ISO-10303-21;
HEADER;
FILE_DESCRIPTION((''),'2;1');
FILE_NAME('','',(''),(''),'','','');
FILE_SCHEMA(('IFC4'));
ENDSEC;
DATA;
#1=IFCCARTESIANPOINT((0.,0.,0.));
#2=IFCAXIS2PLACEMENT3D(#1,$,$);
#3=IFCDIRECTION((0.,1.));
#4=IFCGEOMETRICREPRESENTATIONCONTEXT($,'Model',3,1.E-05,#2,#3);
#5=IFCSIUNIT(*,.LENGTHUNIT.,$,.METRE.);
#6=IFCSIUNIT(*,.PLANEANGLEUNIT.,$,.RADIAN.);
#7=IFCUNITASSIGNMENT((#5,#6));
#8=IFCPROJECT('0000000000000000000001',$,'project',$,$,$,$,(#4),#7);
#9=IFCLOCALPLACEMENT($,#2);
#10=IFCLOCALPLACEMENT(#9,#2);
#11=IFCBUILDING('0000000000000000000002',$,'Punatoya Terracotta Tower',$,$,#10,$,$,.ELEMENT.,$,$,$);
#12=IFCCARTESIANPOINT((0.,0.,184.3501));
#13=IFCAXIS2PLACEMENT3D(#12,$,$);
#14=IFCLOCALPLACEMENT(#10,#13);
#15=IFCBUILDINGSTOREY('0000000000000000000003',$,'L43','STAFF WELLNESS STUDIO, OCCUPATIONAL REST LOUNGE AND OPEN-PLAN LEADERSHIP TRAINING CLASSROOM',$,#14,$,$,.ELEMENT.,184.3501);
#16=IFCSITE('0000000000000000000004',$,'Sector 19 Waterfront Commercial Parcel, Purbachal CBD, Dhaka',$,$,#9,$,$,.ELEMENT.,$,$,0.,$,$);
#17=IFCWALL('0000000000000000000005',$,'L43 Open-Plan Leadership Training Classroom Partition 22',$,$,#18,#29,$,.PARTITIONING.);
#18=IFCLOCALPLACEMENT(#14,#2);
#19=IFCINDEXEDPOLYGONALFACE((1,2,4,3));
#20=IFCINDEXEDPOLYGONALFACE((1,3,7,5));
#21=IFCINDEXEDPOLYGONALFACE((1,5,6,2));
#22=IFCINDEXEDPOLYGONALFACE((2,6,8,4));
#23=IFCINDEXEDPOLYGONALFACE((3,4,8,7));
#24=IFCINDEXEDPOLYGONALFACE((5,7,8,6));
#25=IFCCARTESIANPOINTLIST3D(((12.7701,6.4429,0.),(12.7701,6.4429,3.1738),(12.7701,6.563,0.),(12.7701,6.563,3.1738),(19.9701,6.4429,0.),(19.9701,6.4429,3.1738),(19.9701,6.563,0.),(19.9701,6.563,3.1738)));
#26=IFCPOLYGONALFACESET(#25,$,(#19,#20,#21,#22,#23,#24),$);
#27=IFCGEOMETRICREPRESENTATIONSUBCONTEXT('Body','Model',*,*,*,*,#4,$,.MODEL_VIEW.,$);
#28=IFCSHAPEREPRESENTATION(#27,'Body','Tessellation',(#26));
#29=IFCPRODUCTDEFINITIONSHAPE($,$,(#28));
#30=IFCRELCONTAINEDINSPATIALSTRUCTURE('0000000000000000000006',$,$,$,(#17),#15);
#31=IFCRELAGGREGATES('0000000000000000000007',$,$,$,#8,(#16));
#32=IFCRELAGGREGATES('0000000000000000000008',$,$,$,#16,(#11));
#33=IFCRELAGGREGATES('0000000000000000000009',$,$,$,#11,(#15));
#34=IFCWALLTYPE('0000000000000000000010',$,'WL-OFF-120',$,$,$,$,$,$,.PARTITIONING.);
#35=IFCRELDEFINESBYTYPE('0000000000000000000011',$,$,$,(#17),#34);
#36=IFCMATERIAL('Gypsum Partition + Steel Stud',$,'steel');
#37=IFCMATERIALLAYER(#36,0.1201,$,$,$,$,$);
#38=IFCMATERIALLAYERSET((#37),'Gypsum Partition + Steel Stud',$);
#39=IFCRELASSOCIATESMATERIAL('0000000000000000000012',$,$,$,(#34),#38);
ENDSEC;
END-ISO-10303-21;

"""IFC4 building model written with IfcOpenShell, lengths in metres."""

from ifc_helpers import new_model, si_unit, direction, frame, frame_2d, origin, place, context, subcontext, project, spatial, rectangle, extrude, material, layer, layer_set, type_object, element, save


model = new_model("IFC4")

# Units and contexts
model_context = context("Model", 3, precision=1e-05, world=origin(), true_north=direction((0.0, 1.0)))
body_context = subcontext(model_context, "Body", "Model", "MODEL_VIEW")
ifc_project = project(units=[si_unit("LENGTHUNIT", "METRE"), si_unit("PLANEANGLEUNIT", "RADIAN")], contexts=[model_context])

# Site, building, storey
site_placement = place(None, origin())
site = spatial("IfcSite", under=ifc_project, at=site_placement, Name="Sector 19 Waterfront Commercial Parcel, Purbachal CBD, Dhaka", CompositionType="ELEMENT", RefElevation=0.0)
building_placement = place(site_placement, origin())
building = spatial("IfcBuilding", under=site, at=building_placement, Name="Punatoya Terracotta Tower", CompositionType="ELEMENT")
storey_placement = place(building_placement, frame((0.0, 0.0, 184.3501)))
storey = spatial("IfcBuildingStorey", under=building, at=storey_placement, Name="L43", Description="STAFF WELLNESS STUDIO, OCCUPATIONAL REST LOUNGE AND OPEN-PLAN LEADERSHIP TRAINING CLASSROOM", CompositionType="ELEMENT", Elevation=184.3501)

# Wall
ifc_material_1 = material(Name="Gypsum Partition + Steel Stud", Category="steel")
ifc_layer_1 = layer(ifc_material_1, 0.1201)
ifc_layer_set_1 = layer_set([ifc_layer_1], Name="Gypsum Partition + Steel Stud")
wall_type_1 = type_object("IfcWallType", Name="WL-OFF-120", PredefinedType="PARTITIONING", material=ifc_layer_set_1)
wall_1_placement = place(storey_placement, frame((12.77, 6.5029, 0.0), z_axis=(0.0, 0.0, 1.0), x_axis=(1.0, 0.0, 0.0)))
element("IfcWall", 1, at=wall_1_placement, inside=storey, type_object=wall_type_1, Name="L43 Open-Plan Leadership Training Classroom Partition 22", PredefinedType="PARTITIONING", context=body_context, shape_type="SweptSolid", body=[
    extrude(rectangle(XDim=7.2, YDim=0.1201, at=frame_2d((3.6001, 0.0))), origin(), (0.0, 0.0, 1.0), 3.1738),
])

save(model, "model.ifc")
